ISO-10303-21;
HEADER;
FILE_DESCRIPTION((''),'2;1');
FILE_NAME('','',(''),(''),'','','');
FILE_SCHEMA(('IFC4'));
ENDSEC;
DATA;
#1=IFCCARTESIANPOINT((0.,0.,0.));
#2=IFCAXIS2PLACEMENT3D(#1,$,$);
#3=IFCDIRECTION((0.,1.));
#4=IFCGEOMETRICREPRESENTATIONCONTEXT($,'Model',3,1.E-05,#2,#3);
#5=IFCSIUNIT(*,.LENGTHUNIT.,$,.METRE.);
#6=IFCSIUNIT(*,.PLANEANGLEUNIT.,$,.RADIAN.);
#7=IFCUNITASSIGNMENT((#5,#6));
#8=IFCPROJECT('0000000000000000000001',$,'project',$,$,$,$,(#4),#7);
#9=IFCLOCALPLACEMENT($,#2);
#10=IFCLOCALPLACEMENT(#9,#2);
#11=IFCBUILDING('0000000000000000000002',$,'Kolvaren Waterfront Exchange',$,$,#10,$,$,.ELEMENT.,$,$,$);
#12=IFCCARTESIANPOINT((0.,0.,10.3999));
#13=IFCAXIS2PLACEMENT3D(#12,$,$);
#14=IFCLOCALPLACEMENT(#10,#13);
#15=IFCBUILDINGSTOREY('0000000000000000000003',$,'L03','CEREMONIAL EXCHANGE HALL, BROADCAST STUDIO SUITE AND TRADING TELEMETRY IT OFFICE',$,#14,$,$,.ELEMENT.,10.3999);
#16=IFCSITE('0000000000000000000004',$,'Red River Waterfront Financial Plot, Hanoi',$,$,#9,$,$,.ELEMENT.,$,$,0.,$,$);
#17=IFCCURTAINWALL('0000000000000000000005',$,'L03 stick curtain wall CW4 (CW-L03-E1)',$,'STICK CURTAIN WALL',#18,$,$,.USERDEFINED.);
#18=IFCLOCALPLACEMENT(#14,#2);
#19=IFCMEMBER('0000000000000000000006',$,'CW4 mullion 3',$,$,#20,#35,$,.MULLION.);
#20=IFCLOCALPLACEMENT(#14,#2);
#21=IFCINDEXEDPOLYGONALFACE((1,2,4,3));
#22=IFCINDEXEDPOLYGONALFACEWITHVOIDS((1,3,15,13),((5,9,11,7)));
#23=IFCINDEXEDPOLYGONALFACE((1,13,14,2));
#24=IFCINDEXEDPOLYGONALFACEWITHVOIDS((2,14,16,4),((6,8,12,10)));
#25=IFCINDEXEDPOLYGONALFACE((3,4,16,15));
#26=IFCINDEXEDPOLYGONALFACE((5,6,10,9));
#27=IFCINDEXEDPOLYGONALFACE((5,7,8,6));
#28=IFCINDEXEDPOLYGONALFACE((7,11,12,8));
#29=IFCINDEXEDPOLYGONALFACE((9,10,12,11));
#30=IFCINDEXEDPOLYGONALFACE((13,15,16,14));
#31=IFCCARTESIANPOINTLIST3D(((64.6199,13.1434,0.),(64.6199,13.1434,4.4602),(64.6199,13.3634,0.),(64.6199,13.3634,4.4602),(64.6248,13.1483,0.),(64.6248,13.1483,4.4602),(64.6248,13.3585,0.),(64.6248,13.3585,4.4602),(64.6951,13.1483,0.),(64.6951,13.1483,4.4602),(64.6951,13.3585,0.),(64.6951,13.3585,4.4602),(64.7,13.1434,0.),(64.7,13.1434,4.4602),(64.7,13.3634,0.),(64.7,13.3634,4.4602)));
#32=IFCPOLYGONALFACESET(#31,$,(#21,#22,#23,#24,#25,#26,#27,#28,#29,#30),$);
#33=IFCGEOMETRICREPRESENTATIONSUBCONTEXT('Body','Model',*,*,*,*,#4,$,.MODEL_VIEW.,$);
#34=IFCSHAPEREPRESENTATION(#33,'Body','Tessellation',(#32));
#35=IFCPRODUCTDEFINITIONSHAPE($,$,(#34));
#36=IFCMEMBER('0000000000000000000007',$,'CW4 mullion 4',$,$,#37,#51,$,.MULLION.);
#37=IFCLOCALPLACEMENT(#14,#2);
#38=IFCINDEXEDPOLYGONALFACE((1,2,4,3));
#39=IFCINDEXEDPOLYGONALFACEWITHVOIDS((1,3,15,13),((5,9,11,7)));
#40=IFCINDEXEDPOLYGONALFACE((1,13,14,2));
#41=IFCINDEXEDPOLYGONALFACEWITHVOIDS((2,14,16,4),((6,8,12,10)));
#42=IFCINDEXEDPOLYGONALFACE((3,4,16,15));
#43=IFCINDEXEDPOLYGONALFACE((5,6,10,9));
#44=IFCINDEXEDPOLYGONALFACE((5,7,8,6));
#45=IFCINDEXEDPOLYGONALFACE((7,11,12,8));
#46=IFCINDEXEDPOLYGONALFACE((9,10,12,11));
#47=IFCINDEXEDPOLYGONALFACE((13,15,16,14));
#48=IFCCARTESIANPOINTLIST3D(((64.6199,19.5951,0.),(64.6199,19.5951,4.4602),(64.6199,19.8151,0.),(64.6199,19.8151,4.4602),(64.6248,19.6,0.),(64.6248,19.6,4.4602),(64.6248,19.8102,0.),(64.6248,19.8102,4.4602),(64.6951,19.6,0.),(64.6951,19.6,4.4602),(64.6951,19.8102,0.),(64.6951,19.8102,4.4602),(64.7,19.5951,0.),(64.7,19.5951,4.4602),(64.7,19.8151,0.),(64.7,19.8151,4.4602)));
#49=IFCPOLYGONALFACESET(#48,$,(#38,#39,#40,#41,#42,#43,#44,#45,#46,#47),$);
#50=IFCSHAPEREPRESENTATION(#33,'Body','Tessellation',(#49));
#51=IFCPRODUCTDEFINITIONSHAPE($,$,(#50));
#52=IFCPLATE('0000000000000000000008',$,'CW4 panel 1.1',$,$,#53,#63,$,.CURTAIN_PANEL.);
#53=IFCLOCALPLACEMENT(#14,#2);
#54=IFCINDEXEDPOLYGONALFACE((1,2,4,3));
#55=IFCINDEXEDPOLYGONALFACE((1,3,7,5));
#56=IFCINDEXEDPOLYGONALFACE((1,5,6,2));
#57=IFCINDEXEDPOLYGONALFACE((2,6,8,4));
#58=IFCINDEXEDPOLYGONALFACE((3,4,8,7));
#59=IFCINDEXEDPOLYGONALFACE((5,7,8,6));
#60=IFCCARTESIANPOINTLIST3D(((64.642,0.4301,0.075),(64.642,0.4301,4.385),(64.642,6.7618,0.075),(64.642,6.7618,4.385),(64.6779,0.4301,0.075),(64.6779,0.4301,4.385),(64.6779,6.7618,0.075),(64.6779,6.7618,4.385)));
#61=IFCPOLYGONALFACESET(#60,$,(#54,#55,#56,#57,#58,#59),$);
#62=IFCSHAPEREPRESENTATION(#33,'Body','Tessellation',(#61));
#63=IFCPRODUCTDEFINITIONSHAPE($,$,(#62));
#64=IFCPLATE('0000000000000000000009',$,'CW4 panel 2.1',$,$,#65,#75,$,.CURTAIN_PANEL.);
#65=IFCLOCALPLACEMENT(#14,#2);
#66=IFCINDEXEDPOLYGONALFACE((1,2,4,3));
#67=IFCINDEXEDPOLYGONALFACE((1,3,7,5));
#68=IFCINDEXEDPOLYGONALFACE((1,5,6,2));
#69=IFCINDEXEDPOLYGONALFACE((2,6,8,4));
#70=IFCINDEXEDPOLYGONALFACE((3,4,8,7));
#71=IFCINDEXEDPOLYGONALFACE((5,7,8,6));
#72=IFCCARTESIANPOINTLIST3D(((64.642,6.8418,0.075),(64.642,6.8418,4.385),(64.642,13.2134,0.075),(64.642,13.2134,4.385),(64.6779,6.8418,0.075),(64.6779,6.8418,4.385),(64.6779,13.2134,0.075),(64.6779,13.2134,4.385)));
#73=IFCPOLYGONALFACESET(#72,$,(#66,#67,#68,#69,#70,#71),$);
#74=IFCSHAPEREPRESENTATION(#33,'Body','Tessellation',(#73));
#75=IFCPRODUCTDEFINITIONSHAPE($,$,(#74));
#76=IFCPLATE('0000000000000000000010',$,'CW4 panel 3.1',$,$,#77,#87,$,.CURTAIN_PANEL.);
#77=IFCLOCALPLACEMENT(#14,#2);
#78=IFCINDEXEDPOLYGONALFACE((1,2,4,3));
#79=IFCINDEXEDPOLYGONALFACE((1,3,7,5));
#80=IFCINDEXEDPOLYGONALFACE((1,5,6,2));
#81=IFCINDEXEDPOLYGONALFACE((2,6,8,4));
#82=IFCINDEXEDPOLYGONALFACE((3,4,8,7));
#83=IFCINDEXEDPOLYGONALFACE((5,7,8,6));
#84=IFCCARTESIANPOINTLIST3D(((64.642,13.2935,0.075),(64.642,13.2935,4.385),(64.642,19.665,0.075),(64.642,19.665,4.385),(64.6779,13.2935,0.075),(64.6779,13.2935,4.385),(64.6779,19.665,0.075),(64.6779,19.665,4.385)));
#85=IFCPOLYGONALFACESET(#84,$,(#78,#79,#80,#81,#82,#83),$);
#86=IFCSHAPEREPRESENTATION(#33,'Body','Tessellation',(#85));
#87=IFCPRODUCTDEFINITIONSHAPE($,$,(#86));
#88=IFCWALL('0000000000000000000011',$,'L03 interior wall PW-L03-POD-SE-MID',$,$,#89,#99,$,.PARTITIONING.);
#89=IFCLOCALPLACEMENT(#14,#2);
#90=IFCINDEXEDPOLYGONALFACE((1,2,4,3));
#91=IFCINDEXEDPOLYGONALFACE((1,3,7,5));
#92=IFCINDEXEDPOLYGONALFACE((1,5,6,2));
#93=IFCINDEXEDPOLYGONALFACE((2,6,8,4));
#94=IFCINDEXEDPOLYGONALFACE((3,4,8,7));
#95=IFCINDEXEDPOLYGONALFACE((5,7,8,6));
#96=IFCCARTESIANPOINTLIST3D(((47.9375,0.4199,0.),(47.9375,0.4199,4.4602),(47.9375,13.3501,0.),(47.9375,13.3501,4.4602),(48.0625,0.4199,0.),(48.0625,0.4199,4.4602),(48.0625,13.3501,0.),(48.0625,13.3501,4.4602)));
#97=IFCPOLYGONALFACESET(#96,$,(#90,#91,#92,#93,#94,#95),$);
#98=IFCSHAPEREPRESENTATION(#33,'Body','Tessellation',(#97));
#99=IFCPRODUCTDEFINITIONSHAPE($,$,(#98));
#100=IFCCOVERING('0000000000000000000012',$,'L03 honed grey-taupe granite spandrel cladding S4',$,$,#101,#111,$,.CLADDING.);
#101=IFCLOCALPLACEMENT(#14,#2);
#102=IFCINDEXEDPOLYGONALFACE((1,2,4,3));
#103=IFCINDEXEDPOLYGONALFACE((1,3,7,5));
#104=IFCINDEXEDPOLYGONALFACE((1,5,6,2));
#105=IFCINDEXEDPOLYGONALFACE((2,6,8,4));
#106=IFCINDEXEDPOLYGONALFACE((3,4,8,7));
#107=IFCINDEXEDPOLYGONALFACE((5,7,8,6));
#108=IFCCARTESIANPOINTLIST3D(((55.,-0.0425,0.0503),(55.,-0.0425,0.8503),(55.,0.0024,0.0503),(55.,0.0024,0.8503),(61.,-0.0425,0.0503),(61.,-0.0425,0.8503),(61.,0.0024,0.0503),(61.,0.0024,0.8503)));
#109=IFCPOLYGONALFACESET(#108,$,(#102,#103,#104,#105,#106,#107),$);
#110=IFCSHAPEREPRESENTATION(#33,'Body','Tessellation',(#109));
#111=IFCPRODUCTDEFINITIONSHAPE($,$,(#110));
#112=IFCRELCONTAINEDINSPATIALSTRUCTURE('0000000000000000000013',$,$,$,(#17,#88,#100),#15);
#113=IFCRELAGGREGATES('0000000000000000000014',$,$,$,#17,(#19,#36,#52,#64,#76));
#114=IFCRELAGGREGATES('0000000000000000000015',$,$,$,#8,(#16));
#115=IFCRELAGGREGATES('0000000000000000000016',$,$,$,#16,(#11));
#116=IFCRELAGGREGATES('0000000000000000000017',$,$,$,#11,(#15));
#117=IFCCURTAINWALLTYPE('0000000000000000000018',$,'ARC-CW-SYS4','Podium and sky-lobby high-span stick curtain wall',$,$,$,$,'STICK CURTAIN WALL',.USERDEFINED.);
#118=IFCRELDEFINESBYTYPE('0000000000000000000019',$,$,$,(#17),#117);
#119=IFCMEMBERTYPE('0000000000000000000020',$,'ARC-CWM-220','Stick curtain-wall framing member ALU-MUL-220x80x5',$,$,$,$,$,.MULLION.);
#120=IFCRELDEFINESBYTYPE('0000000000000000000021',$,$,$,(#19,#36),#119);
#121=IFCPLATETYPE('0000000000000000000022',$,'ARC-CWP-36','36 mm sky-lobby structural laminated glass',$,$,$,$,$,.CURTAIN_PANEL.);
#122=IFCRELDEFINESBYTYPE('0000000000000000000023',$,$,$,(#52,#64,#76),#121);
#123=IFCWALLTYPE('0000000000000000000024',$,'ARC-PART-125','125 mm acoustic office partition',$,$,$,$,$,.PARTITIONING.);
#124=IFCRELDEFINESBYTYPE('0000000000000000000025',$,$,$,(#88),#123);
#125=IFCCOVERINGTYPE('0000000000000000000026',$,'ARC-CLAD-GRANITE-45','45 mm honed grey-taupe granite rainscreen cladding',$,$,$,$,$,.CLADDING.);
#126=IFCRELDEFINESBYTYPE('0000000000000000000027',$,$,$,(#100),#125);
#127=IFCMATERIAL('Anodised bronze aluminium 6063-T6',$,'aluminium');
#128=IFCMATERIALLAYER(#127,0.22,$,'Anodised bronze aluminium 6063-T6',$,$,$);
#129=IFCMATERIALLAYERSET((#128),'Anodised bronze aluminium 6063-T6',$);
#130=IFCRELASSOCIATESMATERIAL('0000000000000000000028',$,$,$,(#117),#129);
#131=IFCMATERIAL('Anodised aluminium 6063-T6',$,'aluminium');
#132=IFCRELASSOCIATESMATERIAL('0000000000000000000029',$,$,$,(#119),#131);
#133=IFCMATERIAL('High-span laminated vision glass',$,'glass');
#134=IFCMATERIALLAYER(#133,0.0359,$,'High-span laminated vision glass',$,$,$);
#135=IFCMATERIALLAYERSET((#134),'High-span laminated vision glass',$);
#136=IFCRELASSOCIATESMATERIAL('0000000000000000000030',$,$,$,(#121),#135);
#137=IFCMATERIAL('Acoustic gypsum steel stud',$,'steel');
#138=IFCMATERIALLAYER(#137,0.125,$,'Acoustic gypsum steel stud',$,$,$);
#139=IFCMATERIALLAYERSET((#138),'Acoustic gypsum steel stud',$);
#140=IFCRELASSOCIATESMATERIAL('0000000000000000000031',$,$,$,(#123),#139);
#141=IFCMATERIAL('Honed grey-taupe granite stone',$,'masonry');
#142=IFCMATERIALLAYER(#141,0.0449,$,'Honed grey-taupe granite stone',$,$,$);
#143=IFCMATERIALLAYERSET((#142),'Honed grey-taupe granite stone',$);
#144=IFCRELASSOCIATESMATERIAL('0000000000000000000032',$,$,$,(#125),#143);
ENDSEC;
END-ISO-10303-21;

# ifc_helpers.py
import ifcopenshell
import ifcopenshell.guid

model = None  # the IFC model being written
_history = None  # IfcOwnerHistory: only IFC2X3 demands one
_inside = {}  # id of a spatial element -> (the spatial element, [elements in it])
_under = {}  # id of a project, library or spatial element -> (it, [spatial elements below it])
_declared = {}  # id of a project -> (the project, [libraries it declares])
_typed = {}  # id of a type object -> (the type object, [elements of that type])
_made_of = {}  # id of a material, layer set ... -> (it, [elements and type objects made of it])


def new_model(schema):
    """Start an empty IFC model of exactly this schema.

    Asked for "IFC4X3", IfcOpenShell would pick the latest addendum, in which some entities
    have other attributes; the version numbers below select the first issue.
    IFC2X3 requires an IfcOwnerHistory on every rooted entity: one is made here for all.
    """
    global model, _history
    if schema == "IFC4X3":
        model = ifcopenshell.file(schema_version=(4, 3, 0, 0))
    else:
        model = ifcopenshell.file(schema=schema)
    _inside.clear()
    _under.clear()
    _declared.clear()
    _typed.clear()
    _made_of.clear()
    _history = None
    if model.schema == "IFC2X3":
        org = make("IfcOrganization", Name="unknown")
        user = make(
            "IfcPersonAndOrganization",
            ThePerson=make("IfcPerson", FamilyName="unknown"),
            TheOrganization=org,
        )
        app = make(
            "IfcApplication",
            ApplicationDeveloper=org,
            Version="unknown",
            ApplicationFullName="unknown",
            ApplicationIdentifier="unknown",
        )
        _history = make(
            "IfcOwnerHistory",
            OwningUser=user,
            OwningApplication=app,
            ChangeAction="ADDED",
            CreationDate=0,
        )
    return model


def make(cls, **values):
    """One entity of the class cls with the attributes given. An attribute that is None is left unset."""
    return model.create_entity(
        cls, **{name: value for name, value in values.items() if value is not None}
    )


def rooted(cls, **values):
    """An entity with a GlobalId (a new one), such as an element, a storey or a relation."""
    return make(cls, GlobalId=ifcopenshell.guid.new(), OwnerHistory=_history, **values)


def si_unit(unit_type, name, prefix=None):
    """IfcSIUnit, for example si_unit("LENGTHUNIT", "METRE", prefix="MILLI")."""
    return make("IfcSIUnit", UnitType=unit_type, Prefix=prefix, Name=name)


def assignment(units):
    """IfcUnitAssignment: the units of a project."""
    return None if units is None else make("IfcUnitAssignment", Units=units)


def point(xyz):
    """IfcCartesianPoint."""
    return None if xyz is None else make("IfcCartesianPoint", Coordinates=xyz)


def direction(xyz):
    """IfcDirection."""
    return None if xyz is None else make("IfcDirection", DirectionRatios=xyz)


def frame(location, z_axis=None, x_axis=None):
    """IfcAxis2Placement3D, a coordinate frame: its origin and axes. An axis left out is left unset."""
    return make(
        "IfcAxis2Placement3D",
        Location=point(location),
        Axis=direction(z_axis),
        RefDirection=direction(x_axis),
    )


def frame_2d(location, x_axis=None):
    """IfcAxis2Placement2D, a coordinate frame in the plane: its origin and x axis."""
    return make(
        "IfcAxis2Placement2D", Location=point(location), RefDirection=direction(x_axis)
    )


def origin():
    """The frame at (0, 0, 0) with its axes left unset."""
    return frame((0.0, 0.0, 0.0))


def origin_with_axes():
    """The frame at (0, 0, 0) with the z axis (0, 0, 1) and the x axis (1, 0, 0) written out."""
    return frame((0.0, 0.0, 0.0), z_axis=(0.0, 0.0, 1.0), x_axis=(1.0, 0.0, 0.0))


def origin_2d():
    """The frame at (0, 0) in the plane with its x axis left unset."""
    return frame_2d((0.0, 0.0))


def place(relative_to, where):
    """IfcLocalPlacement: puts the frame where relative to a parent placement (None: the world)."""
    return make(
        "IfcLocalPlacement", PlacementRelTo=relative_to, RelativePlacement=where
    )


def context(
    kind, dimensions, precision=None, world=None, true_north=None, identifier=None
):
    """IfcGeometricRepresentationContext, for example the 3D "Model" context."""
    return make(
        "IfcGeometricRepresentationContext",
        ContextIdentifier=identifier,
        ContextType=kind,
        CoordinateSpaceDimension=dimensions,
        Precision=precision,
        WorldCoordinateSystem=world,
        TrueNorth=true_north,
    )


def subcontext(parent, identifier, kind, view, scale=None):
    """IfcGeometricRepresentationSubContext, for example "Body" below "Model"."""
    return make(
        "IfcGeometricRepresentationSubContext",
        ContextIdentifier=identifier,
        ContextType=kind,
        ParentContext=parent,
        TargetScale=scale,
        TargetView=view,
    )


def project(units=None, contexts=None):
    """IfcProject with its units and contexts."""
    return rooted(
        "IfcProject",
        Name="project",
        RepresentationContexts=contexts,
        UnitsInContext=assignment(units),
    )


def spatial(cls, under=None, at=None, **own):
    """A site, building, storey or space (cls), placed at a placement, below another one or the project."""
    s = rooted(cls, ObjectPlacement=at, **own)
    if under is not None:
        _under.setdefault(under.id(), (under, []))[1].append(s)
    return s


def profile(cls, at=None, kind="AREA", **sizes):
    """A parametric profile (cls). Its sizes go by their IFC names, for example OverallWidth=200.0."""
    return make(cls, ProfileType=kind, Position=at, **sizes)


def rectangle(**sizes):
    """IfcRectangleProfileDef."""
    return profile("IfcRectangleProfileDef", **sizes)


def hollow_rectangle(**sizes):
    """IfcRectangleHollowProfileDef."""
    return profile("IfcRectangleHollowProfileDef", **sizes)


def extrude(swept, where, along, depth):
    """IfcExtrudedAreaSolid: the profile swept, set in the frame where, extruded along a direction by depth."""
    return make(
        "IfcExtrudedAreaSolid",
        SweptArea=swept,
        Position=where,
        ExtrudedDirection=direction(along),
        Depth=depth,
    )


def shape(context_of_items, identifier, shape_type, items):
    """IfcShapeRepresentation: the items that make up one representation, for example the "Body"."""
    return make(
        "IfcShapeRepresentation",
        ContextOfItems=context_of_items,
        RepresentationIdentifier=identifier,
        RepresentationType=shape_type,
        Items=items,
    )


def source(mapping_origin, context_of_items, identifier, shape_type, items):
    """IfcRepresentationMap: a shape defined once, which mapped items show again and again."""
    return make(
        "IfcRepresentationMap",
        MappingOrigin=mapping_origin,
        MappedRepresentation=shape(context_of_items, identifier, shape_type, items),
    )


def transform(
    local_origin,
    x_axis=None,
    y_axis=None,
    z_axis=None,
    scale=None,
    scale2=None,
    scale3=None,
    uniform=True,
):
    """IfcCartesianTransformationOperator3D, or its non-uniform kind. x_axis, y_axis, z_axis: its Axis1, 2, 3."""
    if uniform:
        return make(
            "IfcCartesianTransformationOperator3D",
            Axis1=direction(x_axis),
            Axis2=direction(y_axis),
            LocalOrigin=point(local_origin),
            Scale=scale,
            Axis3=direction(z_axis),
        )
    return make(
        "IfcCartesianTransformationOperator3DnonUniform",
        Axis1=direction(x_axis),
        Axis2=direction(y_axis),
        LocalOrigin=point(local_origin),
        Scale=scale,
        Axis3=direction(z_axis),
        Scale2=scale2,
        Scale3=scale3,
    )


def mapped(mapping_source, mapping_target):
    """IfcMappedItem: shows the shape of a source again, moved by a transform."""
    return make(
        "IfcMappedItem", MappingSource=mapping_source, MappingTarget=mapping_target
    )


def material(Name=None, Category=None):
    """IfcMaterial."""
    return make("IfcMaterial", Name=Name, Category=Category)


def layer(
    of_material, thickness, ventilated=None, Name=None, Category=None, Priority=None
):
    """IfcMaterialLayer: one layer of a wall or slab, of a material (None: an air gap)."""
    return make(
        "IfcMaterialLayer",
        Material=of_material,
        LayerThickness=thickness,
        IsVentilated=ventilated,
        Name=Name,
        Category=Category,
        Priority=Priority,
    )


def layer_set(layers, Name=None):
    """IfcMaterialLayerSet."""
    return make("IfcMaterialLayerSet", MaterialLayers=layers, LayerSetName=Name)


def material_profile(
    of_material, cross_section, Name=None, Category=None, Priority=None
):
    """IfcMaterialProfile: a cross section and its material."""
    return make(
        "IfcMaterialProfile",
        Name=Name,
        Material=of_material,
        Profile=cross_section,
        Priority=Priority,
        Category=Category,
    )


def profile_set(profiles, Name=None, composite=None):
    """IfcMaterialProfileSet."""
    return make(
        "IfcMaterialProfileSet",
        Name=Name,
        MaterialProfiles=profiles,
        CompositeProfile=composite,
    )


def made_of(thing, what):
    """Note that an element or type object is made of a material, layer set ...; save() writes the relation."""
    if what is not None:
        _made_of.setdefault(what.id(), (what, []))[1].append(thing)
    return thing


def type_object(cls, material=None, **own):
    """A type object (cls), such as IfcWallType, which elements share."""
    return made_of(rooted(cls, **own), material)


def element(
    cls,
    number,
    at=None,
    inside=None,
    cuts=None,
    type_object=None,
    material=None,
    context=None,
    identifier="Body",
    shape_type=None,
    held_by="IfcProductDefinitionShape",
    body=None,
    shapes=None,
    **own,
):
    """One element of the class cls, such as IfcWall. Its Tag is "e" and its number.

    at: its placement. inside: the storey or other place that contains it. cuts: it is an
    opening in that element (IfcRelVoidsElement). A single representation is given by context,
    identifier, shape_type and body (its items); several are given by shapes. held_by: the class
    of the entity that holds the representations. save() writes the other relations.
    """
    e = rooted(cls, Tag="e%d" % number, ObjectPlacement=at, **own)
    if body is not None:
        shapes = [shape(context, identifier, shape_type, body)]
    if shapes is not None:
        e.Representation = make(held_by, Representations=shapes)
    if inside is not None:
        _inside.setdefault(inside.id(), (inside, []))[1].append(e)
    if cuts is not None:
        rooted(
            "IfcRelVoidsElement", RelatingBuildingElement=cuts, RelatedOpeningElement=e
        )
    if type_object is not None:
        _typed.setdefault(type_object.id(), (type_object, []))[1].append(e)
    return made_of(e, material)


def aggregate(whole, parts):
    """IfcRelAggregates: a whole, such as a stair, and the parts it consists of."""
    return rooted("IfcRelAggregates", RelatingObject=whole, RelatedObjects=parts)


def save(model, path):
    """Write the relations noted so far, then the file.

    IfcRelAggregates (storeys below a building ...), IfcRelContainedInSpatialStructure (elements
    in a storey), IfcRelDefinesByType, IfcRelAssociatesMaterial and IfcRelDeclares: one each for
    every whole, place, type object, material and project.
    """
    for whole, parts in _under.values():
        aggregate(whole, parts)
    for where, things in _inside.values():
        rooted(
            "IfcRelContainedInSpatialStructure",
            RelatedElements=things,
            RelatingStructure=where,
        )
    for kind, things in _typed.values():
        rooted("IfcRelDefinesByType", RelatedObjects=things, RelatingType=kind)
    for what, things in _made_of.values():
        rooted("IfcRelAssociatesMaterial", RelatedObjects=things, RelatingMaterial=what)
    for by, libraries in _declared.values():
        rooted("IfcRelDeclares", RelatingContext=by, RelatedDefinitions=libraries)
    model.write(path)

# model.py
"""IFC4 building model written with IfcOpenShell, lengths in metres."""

from ifc_helpers import new_model, si_unit, direction, frame, frame_2d, origin, origin_with_axes, origin_2d, place, context, subcontext, project, spatial, rectangle, hollow_rectangle, extrude, source, transform, mapped, material, layer, layer_set, material_profile, profile_set, type_object, element, aggregate, save


model = new_model("IFC4")

# Units and contexts
model_context = context("Model", 3, precision=1e-05, world=origin(), true_north=direction((0.0, 1.0)))
body_context = subcontext(model_context, "Body", "Model", "MODEL_VIEW")
ifc_project = project(units=[si_unit("LENGTHUNIT", "METRE"), si_unit("PLANEANGLEUNIT", "RADIAN")], contexts=[model_context])

# Site, building, storey
site_placement = place(None, origin())
site = spatial("IfcSite", under=ifc_project, at=site_placement, Name="Red River Waterfront Financial Plot, Hanoi", CompositionType="ELEMENT", RefElevation=0.0)
building_placement = place(site_placement, origin())
building = spatial("IfcBuilding", under=site, at=building_placement, Name="Kolvaren Waterfront Exchange", CompositionType="ELEMENT")
storey_placement = place(building_placement, frame((0.0, 0.0, 10.3999)))
storey = spatial("IfcBuildingStorey", under=building, at=storey_placement, Name="L03", Description="CEREMONIAL EXCHANGE HALL, BROADCAST STUDIO SUITE AND TRADING TELEMETRY IT OFFICE", CompositionType="ELEMENT", Elevation=10.3999)

# Curtain wall, members, plates
ifc_material_1 = material(Name="Anodised bronze aluminium 6063-T6", Category="aluminium")
ifc_layer_1 = layer(ifc_material_1, 0.22, Name="Anodised bronze aluminium 6063-T6")
ifc_layer_set_1 = layer_set([ifc_layer_1], Name="Anodised bronze aluminium 6063-T6")
curtain_wall_type = type_object("IfcCurtainWallType", Name="ARC-CW-SYS4", Description="Podium and sky-lobby high-span stick curtain wall", ElementType="STICK CURTAIN WALL", PredefinedType="USERDEFINED", material=ifc_layer_set_1)
curtain_wall_placement = place(storey_placement, origin())
curtain_wall = element("IfcCurtainWall", 1, at=curtain_wall_placement, inside=storey, type_object=curtain_wall_type, Name="L03 stick curtain wall CW4 (CW-L03-E1)", ObjectType="STICK CURTAIN WALL", PredefinedType="USERDEFINED")
ifc_material_2 = material(Name="Anodised aluminium 6063-T6", Category="aluminium")
ifc_material_profile_1 = material_profile(ifc_material_2, hollow_rectangle(XDim=0.0801, YDim=0.22, WallThickness=0.0049, at=origin_2d()), Name="ALU-MUL-220x80x5")
ifc_profile_set_1 = profile_set([ifc_material_profile_1], Name="Anodised aluminium 6063-T6")
member_type_1 = type_object("IfcMemberType", Name="ARC-CWM-220", Description="Stick curtain-wall framing member ALU-MUL-220x80x5", PredefinedType="MULLION", material=ifc_profile_set_1)
shared_shape_1 = source(origin_with_axes(), body_context, "Body", "SweptSolid", [
    extrude(hollow_rectangle(XDim=0.0801, YDim=0.22, WallThickness=0.0049, at=origin_2d()), origin(), (0.0, 0.0, 1.0), 4.4602),
])
member_1_placement = place(storey_placement, frame((64.6599, 13.2534, 0.0), z_axis=(0.0, 0.0, 1.0), x_axis=(-1.0, 0.0, 0.0)))
member_1 = element("IfcMember", 2, at=member_1_placement, type_object=member_type_1, Name="CW4 mullion 3", PredefinedType="MULLION", context=body_context, shape_type="MappedRepresentation", body=[
    mapped(shared_shape_1, transform((0.0, 0.0, 0.0), x_axis=(1.0, 0.0, 0.0), y_axis=(0.0, 1.0, 0.0), z_axis=(0.0, 0.0, 1.0), scale=1.0)),
])
member_2_placement = place(storey_placement, frame((64.6599, 19.7051, 0.0), z_axis=(0.0, 0.0, 1.0), x_axis=(-1.0, 0.0, 0.0)))
member_2 = element("IfcMember", 3, at=member_2_placement, type_object=member_type_1, Name="CW4 mullion 4", PredefinedType="MULLION", context=body_context, shape_type="MappedRepresentation", body=[
    mapped(shared_shape_1, transform((0.0, 0.0, 0.0), x_axis=(1.0, 0.0, 0.0), y_axis=(0.0, 1.0, 0.0), z_axis=(0.0, 0.0, 1.0), scale=1.0)),
])
ifc_material_3 = material(Name="High-span laminated vision glass", Category="glass")
ifc_layer_2 = layer(ifc_material_3, 0.0359, Name="High-span laminated vision glass")
ifc_layer_set_2 = layer_set([ifc_layer_2], Name="High-span laminated vision glass")
plate_type = type_object("IfcPlateType", Name="ARC-CWP-36", Description="36 mm sky-lobby structural laminated glass", PredefinedType="CURTAIN_PANEL", material=ifc_layer_set_2)
shared_shape_2 = source(origin_with_axes(), body_context, "Body", "SweptSolid", [
    extrude(rectangle(XDim=6.3318, YDim=0.0359, at=origin_2d()), origin(), (0.0, 0.0, 1.0), 4.3101),
])
plate_1_placement = place(storey_placement, frame((64.6599, 3.5959, 0.075), z_axis=(0.0, 0.0, 1.0), x_axis=(0.0, 1.0, 0.0)))
plate_1 = element("IfcPlate", 4, at=plate_1_placement, type_object=plate_type, Name="CW4 panel 1.1", PredefinedType="CURTAIN_PANEL", context=body_context, shape_type="MappedRepresentation", body=[
    mapped(shared_shape_2, transform((0.0, 0.0, 0.0), x_axis=(1.0, 0.0, 0.0), y_axis=(0.0, 1.0, 0.0), z_axis=(0.0, 0.0, 1.0), scale=1.0)),
])
shared_shape_3 = source(origin_with_axes(), body_context, "Body", "SweptSolid", [
    extrude(rectangle(XDim=6.3716, YDim=0.0359, at=origin_2d()), origin(), (0.0, 0.0, 1.0), 4.3101),
])
plate_2_placement = place(storey_placement, frame((64.6599, 10.0276, 0.075), z_axis=(0.0, 0.0, 1.0), x_axis=(0.0, 1.0, 0.0)))
plate_2 = element("IfcPlate", 5, at=plate_2_placement, type_object=plate_type, Name="CW4 panel 2.1", PredefinedType="CURTAIN_PANEL", context=body_context, shape_type="MappedRepresentation", body=[
    mapped(shared_shape_3, transform((0.0, 0.0, 0.0), x_axis=(1.0, 0.0, 0.0), y_axis=(0.0, 1.0, 0.0), z_axis=(0.0, 0.0, 1.0), scale=1.0)),
])
plate_3_placement = place(storey_placement, frame((64.6599, 16.4792, 0.075), z_axis=(0.0, 0.0, 1.0), x_axis=(0.0, 1.0, 0.0)))
plate_3 = element("IfcPlate", 6, at=plate_3_placement, type_object=plate_type, Name="CW4 panel 3.1", PredefinedType="CURTAIN_PANEL", context=body_context, shape_type="MappedRepresentation", body=[
    mapped(shared_shape_3, transform((0.0, 0.0, 0.0), x_axis=(1.0, 0.0, 0.0), y_axis=(0.0, 1.0, 0.0), z_axis=(0.0, 0.0, 1.0), scale=1.0)),
])
aggregate(curtain_wall, [member_1, member_2, plate_1, plate_2, plate_3])

# Wall
ifc_material_4 = material(Name="Acoustic gypsum steel stud", Category="steel")
ifc_layer_3 = layer(ifc_material_4, 0.125, Name="Acoustic gypsum steel stud")
ifc_layer_set_3 = layer_set([ifc_layer_3], Name="Acoustic gypsum steel stud")
wall_type = type_object("IfcWallType", Name="ARC-PART-125", Description="125 mm acoustic office partition", PredefinedType="PARTITIONING", material=ifc_layer_set_3)
wall_placement = place(storey_placement, frame((48.0, 0.4199, 0.0), z_axis=(0.0, 0.0, 1.0), x_axis=(0.0, 1.0, 0.0)))
element("IfcWall", 7, at=wall_placement, inside=storey, type_object=wall_type, Name="L03 interior wall PW-L03-POD-SE-MID", PredefinedType="PARTITIONING", context=body_context, shape_type="SweptSolid", body=[
    extrude(rectangle(XDim=12.9302, YDim=0.125, at=frame_2d((6.4651, 0.0))), origin(), (0.0, 0.0, 1.0), 4.4602),
])

# Covering
ifc_material_5 = material(Name="Honed grey-taupe granite stone", Category="masonry")
ifc_layer_4 = layer(ifc_material_5, 0.0449, Name="Honed grey-taupe granite stone")
ifc_layer_set_4 = layer_set([ifc_layer_4], Name="Honed grey-taupe granite stone")
covering_type = type_object("IfcCoveringType", Name="ARC-CLAD-GRANITE-45", Description="45 mm honed grey-taupe granite rainscreen cladding", PredefinedType="CLADDING", material=ifc_layer_set_4)
covering_placement = place(storey_placement, frame((58.0, -0.02, 0.0503), z_axis=(0.0, 0.0, 1.0), x_axis=(1.0, 0.0, 0.0)))
element("IfcCovering", 8, at=covering_placement, inside=storey, type_object=covering_type, Name="L03 honed grey-taupe granite spandrel cladding S4", PredefinedType="CLADDING", context=body_context, shape_type="SweptSolid", body=[
    extrude(rectangle(XDim=6.0, YDim=0.0449, at=origin_2d()), origin(), (0.0, 0.0, 1.0), 0.8),
])

save(model, "model.ifc")
